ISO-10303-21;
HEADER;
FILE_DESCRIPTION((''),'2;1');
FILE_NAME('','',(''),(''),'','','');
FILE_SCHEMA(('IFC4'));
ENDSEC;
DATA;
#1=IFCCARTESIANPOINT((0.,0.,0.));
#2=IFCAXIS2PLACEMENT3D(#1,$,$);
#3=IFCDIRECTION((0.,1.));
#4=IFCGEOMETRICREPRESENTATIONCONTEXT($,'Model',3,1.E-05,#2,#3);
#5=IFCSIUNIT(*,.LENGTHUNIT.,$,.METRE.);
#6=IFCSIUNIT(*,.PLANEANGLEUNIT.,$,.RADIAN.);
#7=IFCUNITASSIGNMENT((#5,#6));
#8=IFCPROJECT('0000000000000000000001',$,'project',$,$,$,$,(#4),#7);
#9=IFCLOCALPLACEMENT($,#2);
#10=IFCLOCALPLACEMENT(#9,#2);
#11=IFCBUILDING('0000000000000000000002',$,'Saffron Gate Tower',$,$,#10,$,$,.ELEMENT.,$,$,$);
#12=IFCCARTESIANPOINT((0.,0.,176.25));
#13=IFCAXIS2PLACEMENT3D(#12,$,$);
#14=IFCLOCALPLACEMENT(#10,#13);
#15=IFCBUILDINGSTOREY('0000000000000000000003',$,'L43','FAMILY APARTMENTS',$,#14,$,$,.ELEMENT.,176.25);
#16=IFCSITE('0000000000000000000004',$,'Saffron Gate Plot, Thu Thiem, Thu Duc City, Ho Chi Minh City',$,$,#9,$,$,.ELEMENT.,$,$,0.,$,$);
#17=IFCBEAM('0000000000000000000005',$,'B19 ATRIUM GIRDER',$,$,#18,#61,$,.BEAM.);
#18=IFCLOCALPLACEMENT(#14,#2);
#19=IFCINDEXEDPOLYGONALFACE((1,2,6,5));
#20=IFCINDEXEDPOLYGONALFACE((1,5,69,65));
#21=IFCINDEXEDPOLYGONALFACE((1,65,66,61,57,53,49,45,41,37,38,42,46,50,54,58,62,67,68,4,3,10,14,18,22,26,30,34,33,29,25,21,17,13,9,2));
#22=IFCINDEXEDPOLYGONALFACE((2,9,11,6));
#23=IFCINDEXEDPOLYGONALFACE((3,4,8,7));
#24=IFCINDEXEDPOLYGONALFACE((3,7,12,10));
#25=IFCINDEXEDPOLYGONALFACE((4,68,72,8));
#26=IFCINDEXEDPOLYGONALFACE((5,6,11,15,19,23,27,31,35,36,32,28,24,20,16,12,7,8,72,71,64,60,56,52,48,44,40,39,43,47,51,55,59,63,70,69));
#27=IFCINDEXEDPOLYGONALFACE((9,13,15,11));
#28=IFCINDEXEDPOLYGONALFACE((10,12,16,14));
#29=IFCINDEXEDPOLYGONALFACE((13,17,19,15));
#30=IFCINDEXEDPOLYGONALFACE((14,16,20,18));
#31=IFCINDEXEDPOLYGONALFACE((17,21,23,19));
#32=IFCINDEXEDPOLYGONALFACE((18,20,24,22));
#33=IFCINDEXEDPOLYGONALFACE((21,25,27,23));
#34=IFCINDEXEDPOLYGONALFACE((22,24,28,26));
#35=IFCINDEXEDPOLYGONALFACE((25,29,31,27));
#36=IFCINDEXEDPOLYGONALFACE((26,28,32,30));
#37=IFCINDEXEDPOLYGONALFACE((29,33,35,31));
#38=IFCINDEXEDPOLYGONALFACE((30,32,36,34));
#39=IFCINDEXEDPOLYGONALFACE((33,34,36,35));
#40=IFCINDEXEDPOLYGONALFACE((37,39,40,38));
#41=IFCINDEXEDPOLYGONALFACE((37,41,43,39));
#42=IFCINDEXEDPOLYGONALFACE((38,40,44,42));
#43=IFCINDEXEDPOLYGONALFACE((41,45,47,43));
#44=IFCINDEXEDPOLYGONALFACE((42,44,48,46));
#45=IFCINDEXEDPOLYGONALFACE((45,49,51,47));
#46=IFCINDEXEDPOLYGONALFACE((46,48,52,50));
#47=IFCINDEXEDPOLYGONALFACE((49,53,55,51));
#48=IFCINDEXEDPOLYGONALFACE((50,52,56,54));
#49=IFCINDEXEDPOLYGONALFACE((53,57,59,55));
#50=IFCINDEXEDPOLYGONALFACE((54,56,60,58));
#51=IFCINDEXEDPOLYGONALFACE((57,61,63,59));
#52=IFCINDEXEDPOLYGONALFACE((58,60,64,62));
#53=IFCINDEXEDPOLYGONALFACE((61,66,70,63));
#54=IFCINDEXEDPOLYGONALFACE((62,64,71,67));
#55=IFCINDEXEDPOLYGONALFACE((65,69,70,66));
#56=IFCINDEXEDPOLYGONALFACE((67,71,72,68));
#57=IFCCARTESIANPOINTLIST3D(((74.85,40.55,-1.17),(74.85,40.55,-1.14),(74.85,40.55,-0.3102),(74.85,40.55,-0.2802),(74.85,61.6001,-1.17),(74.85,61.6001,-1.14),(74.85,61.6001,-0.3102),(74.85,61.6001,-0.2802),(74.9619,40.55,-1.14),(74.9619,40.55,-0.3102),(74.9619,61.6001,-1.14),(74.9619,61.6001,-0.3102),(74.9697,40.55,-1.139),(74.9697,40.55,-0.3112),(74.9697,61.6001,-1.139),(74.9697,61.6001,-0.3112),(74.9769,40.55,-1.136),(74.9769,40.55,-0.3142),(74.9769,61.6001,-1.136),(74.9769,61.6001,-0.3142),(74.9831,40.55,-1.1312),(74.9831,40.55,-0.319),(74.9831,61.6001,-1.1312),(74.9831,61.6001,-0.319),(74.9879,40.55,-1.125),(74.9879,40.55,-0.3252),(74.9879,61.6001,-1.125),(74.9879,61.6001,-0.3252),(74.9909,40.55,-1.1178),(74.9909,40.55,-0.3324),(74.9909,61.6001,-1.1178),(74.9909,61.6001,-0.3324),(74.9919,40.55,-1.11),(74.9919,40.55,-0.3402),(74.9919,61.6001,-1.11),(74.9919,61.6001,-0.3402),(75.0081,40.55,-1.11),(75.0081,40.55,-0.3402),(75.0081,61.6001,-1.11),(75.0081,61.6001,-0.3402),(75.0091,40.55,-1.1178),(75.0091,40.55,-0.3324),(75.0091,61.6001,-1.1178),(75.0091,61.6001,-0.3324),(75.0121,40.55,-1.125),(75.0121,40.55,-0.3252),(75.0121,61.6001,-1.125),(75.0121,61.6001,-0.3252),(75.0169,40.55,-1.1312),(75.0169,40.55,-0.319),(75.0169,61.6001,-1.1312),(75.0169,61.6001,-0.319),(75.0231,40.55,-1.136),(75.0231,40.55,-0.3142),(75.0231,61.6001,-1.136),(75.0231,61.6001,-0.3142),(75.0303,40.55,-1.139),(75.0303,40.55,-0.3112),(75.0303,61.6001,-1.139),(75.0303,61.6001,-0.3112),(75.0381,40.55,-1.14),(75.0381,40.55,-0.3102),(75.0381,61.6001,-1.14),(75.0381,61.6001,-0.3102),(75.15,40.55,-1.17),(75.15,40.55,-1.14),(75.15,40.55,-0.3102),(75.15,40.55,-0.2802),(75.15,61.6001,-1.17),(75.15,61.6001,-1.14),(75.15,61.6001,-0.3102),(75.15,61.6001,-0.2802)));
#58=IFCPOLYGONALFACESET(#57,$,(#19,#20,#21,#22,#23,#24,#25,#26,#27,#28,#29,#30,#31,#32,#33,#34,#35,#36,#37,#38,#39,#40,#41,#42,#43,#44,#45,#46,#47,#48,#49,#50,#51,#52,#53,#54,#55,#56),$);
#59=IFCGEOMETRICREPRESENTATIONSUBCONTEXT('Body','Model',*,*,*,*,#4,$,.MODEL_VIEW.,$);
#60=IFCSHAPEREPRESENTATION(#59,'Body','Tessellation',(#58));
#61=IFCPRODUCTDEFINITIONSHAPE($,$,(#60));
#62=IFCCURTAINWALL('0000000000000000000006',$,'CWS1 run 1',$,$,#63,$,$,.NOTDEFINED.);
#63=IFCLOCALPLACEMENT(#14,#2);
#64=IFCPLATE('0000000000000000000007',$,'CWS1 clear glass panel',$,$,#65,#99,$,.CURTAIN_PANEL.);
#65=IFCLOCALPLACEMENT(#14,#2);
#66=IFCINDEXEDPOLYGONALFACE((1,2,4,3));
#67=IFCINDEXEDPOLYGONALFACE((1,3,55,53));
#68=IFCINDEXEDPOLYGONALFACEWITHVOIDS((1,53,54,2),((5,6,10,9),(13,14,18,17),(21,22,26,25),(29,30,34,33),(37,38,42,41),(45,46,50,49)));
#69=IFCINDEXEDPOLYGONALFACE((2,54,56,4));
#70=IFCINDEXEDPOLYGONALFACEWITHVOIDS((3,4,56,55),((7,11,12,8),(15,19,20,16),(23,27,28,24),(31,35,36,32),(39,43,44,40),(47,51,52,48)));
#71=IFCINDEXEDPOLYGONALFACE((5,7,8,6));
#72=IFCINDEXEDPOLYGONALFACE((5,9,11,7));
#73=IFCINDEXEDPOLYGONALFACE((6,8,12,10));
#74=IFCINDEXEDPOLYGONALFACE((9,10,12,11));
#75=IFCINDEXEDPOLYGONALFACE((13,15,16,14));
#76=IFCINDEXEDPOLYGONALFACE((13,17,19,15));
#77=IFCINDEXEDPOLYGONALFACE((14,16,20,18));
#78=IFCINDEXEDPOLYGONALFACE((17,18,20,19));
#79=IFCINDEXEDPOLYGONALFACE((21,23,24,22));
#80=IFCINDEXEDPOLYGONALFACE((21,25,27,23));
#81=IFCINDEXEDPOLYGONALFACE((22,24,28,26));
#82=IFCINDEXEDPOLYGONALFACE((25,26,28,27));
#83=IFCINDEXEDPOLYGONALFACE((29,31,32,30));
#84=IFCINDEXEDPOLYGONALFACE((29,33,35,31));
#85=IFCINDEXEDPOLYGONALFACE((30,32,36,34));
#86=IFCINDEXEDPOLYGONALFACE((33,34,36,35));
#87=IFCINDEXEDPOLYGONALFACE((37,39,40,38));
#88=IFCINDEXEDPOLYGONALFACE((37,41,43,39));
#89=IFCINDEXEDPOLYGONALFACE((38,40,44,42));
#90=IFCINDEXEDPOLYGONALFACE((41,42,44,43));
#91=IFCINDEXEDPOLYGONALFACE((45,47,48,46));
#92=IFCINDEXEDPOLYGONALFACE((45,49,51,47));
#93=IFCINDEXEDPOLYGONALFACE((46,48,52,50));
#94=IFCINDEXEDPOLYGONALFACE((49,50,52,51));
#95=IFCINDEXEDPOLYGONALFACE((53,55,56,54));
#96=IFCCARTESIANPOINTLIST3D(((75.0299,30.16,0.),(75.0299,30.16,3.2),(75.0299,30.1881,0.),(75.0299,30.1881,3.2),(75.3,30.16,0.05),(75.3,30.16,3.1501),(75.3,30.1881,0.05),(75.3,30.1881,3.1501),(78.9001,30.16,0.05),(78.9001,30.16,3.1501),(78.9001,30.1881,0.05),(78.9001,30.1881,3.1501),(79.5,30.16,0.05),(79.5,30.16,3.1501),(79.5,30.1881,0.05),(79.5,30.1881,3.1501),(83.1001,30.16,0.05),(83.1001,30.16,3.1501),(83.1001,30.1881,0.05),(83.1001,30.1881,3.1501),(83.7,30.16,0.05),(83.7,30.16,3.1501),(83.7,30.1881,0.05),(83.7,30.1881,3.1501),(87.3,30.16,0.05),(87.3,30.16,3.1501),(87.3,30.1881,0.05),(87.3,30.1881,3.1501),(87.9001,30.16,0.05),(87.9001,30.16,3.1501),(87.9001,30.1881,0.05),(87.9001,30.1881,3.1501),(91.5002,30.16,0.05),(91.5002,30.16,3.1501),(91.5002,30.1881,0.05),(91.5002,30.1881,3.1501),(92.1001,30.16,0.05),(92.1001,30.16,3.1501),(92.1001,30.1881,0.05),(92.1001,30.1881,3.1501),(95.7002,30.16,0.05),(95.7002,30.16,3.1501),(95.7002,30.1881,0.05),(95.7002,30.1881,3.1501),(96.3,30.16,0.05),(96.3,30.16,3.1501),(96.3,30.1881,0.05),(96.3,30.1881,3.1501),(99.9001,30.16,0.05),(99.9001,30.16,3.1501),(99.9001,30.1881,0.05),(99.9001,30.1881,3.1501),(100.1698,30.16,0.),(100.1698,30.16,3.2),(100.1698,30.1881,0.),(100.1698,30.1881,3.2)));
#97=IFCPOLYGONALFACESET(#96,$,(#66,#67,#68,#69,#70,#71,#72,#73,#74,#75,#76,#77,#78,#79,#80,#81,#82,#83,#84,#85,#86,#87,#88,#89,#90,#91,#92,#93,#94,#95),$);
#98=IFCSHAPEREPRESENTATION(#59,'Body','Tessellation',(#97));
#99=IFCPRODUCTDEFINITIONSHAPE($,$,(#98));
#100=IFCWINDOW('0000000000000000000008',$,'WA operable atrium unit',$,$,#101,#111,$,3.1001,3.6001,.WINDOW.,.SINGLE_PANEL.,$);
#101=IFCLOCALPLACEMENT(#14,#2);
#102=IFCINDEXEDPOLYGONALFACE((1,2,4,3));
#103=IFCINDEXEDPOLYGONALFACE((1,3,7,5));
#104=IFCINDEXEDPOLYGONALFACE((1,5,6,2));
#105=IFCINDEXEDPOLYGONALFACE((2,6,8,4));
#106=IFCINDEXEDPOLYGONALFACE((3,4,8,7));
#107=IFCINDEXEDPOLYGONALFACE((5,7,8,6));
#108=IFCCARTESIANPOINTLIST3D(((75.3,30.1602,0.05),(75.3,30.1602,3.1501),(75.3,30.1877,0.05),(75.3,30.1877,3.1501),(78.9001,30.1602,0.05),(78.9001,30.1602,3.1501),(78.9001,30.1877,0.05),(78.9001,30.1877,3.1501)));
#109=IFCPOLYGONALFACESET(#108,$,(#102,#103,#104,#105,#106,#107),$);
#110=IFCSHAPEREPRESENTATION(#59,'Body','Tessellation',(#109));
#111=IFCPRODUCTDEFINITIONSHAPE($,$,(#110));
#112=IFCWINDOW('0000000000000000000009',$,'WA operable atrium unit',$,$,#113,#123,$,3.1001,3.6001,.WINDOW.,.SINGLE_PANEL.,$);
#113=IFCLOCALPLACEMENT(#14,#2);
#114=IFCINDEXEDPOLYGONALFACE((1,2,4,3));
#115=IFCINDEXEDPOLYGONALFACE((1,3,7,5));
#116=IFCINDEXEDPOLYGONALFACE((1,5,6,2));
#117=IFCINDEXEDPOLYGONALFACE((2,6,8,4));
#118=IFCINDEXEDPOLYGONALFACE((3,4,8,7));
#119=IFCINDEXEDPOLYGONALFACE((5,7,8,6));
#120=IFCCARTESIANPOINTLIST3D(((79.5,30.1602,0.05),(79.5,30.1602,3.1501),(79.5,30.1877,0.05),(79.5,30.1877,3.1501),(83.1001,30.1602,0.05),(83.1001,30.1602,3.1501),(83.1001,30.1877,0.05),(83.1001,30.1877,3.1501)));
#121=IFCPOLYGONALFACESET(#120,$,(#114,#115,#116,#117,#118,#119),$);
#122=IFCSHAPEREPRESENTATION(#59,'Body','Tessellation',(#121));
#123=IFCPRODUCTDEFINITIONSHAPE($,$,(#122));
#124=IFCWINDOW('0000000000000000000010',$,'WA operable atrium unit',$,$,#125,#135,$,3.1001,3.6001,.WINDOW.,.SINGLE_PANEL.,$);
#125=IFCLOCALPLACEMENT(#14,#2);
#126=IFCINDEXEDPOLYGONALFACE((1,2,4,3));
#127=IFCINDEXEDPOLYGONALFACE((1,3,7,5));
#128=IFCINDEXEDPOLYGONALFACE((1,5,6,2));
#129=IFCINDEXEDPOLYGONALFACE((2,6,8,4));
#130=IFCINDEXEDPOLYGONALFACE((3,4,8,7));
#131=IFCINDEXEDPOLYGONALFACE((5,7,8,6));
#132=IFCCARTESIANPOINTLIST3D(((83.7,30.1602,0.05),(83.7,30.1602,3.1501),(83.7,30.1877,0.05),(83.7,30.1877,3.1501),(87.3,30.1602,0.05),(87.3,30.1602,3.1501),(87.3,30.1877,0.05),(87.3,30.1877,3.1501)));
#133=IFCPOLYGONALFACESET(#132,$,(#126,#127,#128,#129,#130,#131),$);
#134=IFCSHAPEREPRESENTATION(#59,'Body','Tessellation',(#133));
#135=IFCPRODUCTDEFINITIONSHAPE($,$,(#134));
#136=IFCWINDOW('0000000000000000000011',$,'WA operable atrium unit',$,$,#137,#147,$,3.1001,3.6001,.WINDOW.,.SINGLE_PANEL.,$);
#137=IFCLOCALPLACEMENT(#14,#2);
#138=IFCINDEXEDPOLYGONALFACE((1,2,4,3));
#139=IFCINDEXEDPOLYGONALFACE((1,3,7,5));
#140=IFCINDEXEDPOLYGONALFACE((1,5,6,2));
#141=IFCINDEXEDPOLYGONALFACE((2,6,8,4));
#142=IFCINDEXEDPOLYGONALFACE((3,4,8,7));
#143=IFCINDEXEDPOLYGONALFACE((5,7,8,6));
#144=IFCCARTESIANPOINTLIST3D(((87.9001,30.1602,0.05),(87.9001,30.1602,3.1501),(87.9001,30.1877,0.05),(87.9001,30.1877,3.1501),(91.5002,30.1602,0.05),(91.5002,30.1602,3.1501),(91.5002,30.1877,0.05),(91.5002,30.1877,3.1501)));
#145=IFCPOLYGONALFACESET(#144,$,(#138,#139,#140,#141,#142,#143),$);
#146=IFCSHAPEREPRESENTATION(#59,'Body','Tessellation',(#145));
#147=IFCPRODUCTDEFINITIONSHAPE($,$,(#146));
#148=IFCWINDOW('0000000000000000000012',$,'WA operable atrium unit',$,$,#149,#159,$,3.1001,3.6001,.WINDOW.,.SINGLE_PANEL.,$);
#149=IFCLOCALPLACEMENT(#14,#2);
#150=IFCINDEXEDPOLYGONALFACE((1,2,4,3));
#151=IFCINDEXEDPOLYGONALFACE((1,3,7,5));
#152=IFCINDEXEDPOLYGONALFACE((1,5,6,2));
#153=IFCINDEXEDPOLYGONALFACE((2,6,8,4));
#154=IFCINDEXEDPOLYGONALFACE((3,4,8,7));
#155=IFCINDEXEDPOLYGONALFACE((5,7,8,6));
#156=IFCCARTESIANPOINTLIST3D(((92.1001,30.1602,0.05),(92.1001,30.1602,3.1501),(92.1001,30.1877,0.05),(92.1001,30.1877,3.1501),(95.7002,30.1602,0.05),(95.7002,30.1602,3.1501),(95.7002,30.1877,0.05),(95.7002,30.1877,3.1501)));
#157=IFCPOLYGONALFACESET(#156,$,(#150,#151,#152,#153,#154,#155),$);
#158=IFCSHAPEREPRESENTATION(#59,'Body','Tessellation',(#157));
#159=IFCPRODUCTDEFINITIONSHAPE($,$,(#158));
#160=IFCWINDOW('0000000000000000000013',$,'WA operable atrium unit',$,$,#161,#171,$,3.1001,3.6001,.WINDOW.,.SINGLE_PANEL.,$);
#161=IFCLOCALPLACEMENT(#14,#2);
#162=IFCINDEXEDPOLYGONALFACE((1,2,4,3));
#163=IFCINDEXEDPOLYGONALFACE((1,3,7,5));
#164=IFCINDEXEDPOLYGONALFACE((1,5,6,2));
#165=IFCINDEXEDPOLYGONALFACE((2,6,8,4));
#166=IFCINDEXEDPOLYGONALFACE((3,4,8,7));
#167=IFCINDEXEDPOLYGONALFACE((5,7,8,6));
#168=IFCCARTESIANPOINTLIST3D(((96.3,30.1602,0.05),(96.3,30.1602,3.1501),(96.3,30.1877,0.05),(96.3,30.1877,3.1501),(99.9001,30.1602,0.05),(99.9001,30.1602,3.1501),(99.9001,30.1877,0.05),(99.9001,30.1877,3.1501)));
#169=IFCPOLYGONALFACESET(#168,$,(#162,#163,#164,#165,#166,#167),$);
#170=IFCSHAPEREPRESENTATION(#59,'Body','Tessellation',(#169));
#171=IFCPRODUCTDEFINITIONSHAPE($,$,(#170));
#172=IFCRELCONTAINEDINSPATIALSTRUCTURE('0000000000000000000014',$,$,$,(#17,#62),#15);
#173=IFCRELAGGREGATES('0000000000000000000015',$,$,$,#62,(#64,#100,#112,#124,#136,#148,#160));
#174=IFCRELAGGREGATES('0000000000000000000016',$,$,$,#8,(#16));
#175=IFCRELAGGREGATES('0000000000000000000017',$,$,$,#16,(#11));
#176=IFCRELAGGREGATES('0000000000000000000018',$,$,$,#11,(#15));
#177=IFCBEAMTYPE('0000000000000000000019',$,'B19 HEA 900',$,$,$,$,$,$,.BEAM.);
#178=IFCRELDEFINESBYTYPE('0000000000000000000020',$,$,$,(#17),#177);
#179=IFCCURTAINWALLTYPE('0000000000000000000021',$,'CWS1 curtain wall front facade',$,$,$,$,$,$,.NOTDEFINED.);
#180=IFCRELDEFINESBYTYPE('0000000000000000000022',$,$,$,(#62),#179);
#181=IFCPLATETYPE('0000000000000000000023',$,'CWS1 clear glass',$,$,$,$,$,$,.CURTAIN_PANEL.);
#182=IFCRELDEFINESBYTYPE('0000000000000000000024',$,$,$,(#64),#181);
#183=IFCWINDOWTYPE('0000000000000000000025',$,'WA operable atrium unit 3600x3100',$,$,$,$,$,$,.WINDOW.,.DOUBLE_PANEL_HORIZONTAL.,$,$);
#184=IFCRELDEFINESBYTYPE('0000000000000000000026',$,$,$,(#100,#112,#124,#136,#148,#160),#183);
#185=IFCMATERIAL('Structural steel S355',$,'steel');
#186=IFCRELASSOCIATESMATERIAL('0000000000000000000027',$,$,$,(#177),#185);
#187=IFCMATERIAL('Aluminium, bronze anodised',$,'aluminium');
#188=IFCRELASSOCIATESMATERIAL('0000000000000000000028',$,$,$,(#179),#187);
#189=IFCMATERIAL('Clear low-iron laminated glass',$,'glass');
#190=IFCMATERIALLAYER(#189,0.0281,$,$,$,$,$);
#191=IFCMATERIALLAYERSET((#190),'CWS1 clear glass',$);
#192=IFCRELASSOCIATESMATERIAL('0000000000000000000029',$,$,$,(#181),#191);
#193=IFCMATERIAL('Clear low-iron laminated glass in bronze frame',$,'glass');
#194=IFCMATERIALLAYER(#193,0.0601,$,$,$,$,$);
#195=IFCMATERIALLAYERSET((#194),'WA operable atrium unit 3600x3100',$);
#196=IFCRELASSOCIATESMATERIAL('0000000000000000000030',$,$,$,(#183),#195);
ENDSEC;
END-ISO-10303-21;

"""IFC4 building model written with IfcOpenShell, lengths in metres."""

from ifc_helpers import new_model, si_unit, direction, frame, frame_2d, origin, origin_2d, place, context, subcontext, project, spatial, rectangle, i_section, extrude, material, layer, layer_set, material_profile, profile_set, type_object, element, fill, aggregate, save


model = new_model("IFC4")

# Units and contexts
model_context = context("Model", 3, precision=1e-05, world=origin(), true_north=direction((0.0, 1.0)))
body_context = subcontext(model_context, "Body", "Model", "MODEL_VIEW")
ifc_project = project(units=[si_unit("LENGTHUNIT", "METRE"), si_unit("PLANEANGLEUNIT", "RADIAN")], contexts=[model_context])

# Site, building, storey
site_placement = place(None, origin())
site = spatial("IfcSite", under=ifc_project, at=site_placement, Name="Saffron Gate Plot, Thu Thiem, Thu Duc City, Ho Chi Minh City", CompositionType="ELEMENT", RefElevation=0.0)
building_placement = place(site_placement, origin())
building = spatial("IfcBuilding", under=site, at=building_placement, Name="Saffron Gate Tower", CompositionType="ELEMENT")
storey_placement = place(building_placement, frame((0.0, 0.0, 176.25)))
storey = spatial("IfcBuildingStorey", under=building, at=storey_placement, Name="L43", Description="FAMILY APARTMENTS", CompositionType="ELEMENT", Elevation=176.25)

# Beam
ifc_material_1 = material(Name="Structural steel S355", Category="steel")
ifc_material_profile_1 = material_profile(ifc_material_1, i_section(OverallWidth=0.3, OverallDepth=0.8899, WebThickness=0.0161, FlangeThickness=0.03, FilletRadius=0.03, at=origin_2d()))
ifc_profile_set_1 = profile_set([ifc_material_profile_1], Name="Structural steel S355")
beam_type_1 = type_object("IfcBeamType", Name="B19 HEA 900", PredefinedType="BEAM", material=ifc_profile_set_1)
beam_1_placement = place(storey_placement, frame((75.0, 40.55, -0.7251), z_axis=(0.0, 1.0, 0.0), x_axis=(-1.0, 0.0, 0.0)))
element("IfcBeam", 1, at=beam_1_placement, inside=storey, type_object=beam_type_1, Name="B19 ATRIUM GIRDER", PredefinedType="BEAM", context=body_context, shape_type="SweptSolid", body=[
    extrude(i_section(OverallWidth=0.3, OverallDepth=0.8899, WebThickness=0.0161, FlangeThickness=0.03, FilletRadius=0.03, at=origin_2d()), origin(), (0.0, 0.0, 1.0), 21.05),
])

# Curtain wall, plate, openings, windows
ifc_material_2 = material(Name="Aluminium, bronze anodised", Category="aluminium")
curtain_wall_type = type_object("IfcCurtainWallType", Name="CWS1 curtain wall front facade", PredefinedType="NOTDEFINED", material=ifc_material_2)
curtain_wall_placement = place(storey_placement, origin())
curtain_wall = element("IfcCurtainWall", 2, at=curtain_wall_placement, inside=storey, type_object=curtain_wall_type, Name="CWS1 run 1", PredefinedType="NOTDEFINED")
ifc_material_3 = material(Name="Clear low-iron laminated glass", Category="glass")
ifc_layer_1 = layer(ifc_material_3, 0.0281)
ifc_layer_set_1 = layer_set([ifc_layer_1], Name="CWS1 clear glass")
plate_type = type_object("IfcPlateType", Name="CWS1 clear glass", PredefinedType="CURTAIN_PANEL", material=ifc_layer_set_1)
plate_placement = place(storey_placement, frame((75.03, 30.1741, 0.0), z_axis=(0.0, 0.0, 1.0), x_axis=(1.0, 0.0, 0.0)))
plate = element("IfcPlate", 3, at=plate_placement, type_object=plate_type, Name="CWS1 clear glass panel", PredefinedType="CURTAIN_PANEL", context=body_context, shape_type="SweptSolid", body=[
    extrude(rectangle(XDim=25.1399, YDim=0.0281, at=frame_2d((12.5698, 0.0))), origin(), (0.0, 0.0, 1.0), 3.2),
])
opening_1_placement = place(plate_placement, frame((0.27, 0.0, 0.05)))
opening_1 = element("IfcOpeningElement", 4, at=opening_1_placement, cuts=plate, PredefinedType="OPENING", context=body_context, shape_type="SweptSolid", body=[
    extrude(rectangle(XDim=3.6001, YDim=3.1001, at=frame_2d((1.8, 1.55))), frame((0.0, 0.0239, 0.0), z_axis=(0.0, -1.0, 0.0), x_axis=(1.0, 0.0, 0.0)), (0.0, 0.0, 1.0), 0.0481),
])
opening_2_placement = place(plate_placement, frame((4.47, 0.0, 0.05)))
opening_2 = element("IfcOpeningElement", 5, at=opening_2_placement, cuts=plate, PredefinedType="OPENING", context=body_context, shape_type="SweptSolid", body=[
    extrude(rectangle(XDim=3.6001, YDim=3.1001, at=frame_2d((1.8, 1.55))), frame((0.0, 0.0239, 0.0), z_axis=(0.0, -1.0, 0.0), x_axis=(1.0, 0.0, 0.0)), (0.0, 0.0, 1.0), 0.0481),
])
opening_3_placement = place(plate_placement, frame((8.6699, 0.0, 0.05)))
opening_3 = element("IfcOpeningElement", 6, at=opening_3_placement, cuts=plate, PredefinedType="OPENING", context=body_context, shape_type="SweptSolid", body=[
    extrude(rectangle(XDim=3.6001, YDim=3.1001, at=frame_2d((1.8, 1.55))), frame((0.0, 0.0239, 0.0), z_axis=(0.0, -1.0, 0.0), x_axis=(1.0, 0.0, 0.0)), (0.0, 0.0, 1.0), 0.0481),
])
opening_4_placement = place(plate_placement, frame((12.8701, 0.0, 0.05)))
opening_4 = element("IfcOpeningElement", 7, at=opening_4_placement, cuts=plate, PredefinedType="OPENING", context=body_context, shape_type="SweptSolid", body=[
    extrude(rectangle(XDim=3.6001, YDim=3.1001, at=frame_2d((1.8, 1.55))), frame((0.0, 0.0239, 0.0), z_axis=(0.0, -1.0, 0.0), x_axis=(1.0, 0.0, 0.0)), (0.0, 0.0, 1.0), 0.0481),
])
opening_5_placement = place(plate_placement, frame((17.0701, 0.0, 0.05)))
opening_5 = element("IfcOpeningElement", 8, at=opening_5_placement, cuts=plate, PredefinedType="OPENING", context=body_context, shape_type="SweptSolid", body=[
    extrude(rectangle(XDim=3.6001, YDim=3.1001, at=frame_2d((1.8, 1.55))), frame((0.0, 0.0239, 0.0), z_axis=(0.0, -1.0, 0.0), x_axis=(1.0, 0.0, 0.0)), (0.0, 0.0, 1.0), 0.0481),
])
opening_6_placement = place(plate_placement, frame((21.27, 0.0, 0.05)))
opening_6 = element("IfcOpeningElement", 9, at=opening_6_placement, cuts=plate, PredefinedType="OPENING", context=body_context, shape_type="SweptSolid", body=[
    extrude(rectangle(XDim=3.6001, YDim=3.1001, at=frame_2d((1.8, 1.55))), frame((0.0, 0.0239, 0.0), z_axis=(0.0, -1.0, 0.0), x_axis=(1.0, 0.0, 0.0)), (0.0, 0.0, 1.0), 0.0481),
])
ifc_material_4 = material(Name="Clear low-iron laminated glass in bronze frame", Category="glass")
ifc_layer_2 = layer(ifc_material_4, 0.0601)
ifc_layer_set_2 = layer_set([ifc_layer_2], Name="WA operable atrium unit 3600x3100")
window_type = type_object("IfcWindowType", Name="WA operable atrium unit 3600x3100", PartitioningType="DOUBLE_PANEL_HORIZONTAL", PredefinedType="WINDOW", material=ifc_layer_set_2)
window_1_placement = place(opening_1_placement, origin())
window_1 = element("IfcWindow", 10, at=window_1_placement, type_object=window_type, Name="WA operable atrium unit", OverallHeight=3.1001, OverallWidth=3.6001, PartitioningType="SINGLE_PANEL", PredefinedType="WINDOW", context=body_context, shape_type="SweptSolid", body=[
    extrude(rectangle(XDim=3.6001, YDim=3.1001, at=frame_2d((1.8, 1.55))), frame((0.0, 0.0137, 0.0), z_axis=(0.0, -1.0, 0.0), x_axis=(1.0, 0.0, 0.0)), (0.0, 0.0, 1.0), 0.0276),
])
fill(opening_1, window_1)
window_2_placement = place(opening_2_placement, origin())
window_2 = element("IfcWindow", 11, at=window_2_placement, type_object=window_type, Name="WA operable atrium unit", OverallHeight=3.1001, OverallWidth=3.6001, PartitioningType="SINGLE_PANEL", PredefinedType="WINDOW", context=body_context, shape_type="SweptSolid", body=[
    extrude(rectangle(XDim=3.6001, YDim=3.1001, at=frame_2d((1.8, 1.55))), frame((0.0, 0.0137, 0.0), z_axis=(0.0, -1.0, 0.0), x_axis=(1.0, 0.0, 0.0)), (0.0, 0.0, 1.0), 0.0276),
])
fill(opening_2, window_2)
window_3_placement = place(opening_3_placement, origin())
window_3 = element("IfcWindow", 12, at=window_3_placement, type_object=window_type, Name="WA operable atrium unit", OverallHeight=3.1001, OverallWidth=3.6001, PartitioningType="SINGLE_PANEL", PredefinedType="WINDOW", context=body_context, shape_type="SweptSolid", body=[
    extrude(rectangle(XDim=3.6001, YDim=3.1001, at=frame_2d((1.8, 1.55))), frame((0.0, 0.0137, 0.0), z_axis=(0.0, -1.0, 0.0), x_axis=(1.0, 0.0, 0.0)), (0.0, 0.0, 1.0), 0.0276),
])
fill(opening_3, window_3)
window_4_placement = place(opening_4_placement, origin())
window_4 = element("IfcWindow", 13, at=window_4_placement, type_object=window_type, Name="WA operable atrium unit", OverallHeight=3.1001, OverallWidth=3.6001, PartitioningType="SINGLE_PANEL", PredefinedType="WINDOW", context=body_context, shape_type="SweptSolid", body=[
    extrude(rectangle(XDim=3.6001, YDim=3.1001, at=frame_2d((1.8, 1.55))), frame((0.0, 0.0137, 0.0), z_axis=(0.0, -1.0, 0.0), x_axis=(1.0, 0.0, 0.0)), (0.0, 0.0, 1.0), 0.0276),
])
fill(opening_4, window_4)
window_5_placement = place(opening_5_placement, origin())
window_5 = element("IfcWindow", 14, at=window_5_placement, type_object=window_type, Name="WA operable atrium unit", OverallHeight=3.1001, OverallWidth=3.6001, PartitioningType="SINGLE_PANEL", PredefinedType="WINDOW", context=body_context, shape_type="SweptSolid", body=[
    extrude(rectangle(XDim=3.6001, YDim=3.1001, at=frame_2d((1.8, 1.55))), frame((0.0, 0.0137, 0.0), z_axis=(0.0, -1.0, 0.0), x_axis=(1.0, 0.0, 0.0)), (0.0, 0.0, 1.0), 0.0276),
])
fill(opening_5, window_5)
window_6_placement = place(opening_6_placement, origin())
window_6 = element("IfcWindow", 15, at=window_6_placement, type_object=window_type, Name="WA operable atrium unit", OverallHeight=3.1001, OverallWidth=3.6001, PartitioningType="SINGLE_PANEL", PredefinedType="WINDOW", context=body_context, shape_type="SweptSolid", body=[
    extrude(rectangle(XDim=3.6001, YDim=3.1001, at=frame_2d((1.8, 1.55))), frame((0.0, 0.0137, 0.0), z_axis=(0.0, -1.0, 0.0), x_axis=(1.0, 0.0, 0.0)), (0.0, 0.0, 1.0), 0.0276),
])
fill(opening_6, window_6)
aggregate(curtain_wall, [plate, window_1, window_2, window_3, window_4, window_5, window_6])

save(model, "model.ifc")
